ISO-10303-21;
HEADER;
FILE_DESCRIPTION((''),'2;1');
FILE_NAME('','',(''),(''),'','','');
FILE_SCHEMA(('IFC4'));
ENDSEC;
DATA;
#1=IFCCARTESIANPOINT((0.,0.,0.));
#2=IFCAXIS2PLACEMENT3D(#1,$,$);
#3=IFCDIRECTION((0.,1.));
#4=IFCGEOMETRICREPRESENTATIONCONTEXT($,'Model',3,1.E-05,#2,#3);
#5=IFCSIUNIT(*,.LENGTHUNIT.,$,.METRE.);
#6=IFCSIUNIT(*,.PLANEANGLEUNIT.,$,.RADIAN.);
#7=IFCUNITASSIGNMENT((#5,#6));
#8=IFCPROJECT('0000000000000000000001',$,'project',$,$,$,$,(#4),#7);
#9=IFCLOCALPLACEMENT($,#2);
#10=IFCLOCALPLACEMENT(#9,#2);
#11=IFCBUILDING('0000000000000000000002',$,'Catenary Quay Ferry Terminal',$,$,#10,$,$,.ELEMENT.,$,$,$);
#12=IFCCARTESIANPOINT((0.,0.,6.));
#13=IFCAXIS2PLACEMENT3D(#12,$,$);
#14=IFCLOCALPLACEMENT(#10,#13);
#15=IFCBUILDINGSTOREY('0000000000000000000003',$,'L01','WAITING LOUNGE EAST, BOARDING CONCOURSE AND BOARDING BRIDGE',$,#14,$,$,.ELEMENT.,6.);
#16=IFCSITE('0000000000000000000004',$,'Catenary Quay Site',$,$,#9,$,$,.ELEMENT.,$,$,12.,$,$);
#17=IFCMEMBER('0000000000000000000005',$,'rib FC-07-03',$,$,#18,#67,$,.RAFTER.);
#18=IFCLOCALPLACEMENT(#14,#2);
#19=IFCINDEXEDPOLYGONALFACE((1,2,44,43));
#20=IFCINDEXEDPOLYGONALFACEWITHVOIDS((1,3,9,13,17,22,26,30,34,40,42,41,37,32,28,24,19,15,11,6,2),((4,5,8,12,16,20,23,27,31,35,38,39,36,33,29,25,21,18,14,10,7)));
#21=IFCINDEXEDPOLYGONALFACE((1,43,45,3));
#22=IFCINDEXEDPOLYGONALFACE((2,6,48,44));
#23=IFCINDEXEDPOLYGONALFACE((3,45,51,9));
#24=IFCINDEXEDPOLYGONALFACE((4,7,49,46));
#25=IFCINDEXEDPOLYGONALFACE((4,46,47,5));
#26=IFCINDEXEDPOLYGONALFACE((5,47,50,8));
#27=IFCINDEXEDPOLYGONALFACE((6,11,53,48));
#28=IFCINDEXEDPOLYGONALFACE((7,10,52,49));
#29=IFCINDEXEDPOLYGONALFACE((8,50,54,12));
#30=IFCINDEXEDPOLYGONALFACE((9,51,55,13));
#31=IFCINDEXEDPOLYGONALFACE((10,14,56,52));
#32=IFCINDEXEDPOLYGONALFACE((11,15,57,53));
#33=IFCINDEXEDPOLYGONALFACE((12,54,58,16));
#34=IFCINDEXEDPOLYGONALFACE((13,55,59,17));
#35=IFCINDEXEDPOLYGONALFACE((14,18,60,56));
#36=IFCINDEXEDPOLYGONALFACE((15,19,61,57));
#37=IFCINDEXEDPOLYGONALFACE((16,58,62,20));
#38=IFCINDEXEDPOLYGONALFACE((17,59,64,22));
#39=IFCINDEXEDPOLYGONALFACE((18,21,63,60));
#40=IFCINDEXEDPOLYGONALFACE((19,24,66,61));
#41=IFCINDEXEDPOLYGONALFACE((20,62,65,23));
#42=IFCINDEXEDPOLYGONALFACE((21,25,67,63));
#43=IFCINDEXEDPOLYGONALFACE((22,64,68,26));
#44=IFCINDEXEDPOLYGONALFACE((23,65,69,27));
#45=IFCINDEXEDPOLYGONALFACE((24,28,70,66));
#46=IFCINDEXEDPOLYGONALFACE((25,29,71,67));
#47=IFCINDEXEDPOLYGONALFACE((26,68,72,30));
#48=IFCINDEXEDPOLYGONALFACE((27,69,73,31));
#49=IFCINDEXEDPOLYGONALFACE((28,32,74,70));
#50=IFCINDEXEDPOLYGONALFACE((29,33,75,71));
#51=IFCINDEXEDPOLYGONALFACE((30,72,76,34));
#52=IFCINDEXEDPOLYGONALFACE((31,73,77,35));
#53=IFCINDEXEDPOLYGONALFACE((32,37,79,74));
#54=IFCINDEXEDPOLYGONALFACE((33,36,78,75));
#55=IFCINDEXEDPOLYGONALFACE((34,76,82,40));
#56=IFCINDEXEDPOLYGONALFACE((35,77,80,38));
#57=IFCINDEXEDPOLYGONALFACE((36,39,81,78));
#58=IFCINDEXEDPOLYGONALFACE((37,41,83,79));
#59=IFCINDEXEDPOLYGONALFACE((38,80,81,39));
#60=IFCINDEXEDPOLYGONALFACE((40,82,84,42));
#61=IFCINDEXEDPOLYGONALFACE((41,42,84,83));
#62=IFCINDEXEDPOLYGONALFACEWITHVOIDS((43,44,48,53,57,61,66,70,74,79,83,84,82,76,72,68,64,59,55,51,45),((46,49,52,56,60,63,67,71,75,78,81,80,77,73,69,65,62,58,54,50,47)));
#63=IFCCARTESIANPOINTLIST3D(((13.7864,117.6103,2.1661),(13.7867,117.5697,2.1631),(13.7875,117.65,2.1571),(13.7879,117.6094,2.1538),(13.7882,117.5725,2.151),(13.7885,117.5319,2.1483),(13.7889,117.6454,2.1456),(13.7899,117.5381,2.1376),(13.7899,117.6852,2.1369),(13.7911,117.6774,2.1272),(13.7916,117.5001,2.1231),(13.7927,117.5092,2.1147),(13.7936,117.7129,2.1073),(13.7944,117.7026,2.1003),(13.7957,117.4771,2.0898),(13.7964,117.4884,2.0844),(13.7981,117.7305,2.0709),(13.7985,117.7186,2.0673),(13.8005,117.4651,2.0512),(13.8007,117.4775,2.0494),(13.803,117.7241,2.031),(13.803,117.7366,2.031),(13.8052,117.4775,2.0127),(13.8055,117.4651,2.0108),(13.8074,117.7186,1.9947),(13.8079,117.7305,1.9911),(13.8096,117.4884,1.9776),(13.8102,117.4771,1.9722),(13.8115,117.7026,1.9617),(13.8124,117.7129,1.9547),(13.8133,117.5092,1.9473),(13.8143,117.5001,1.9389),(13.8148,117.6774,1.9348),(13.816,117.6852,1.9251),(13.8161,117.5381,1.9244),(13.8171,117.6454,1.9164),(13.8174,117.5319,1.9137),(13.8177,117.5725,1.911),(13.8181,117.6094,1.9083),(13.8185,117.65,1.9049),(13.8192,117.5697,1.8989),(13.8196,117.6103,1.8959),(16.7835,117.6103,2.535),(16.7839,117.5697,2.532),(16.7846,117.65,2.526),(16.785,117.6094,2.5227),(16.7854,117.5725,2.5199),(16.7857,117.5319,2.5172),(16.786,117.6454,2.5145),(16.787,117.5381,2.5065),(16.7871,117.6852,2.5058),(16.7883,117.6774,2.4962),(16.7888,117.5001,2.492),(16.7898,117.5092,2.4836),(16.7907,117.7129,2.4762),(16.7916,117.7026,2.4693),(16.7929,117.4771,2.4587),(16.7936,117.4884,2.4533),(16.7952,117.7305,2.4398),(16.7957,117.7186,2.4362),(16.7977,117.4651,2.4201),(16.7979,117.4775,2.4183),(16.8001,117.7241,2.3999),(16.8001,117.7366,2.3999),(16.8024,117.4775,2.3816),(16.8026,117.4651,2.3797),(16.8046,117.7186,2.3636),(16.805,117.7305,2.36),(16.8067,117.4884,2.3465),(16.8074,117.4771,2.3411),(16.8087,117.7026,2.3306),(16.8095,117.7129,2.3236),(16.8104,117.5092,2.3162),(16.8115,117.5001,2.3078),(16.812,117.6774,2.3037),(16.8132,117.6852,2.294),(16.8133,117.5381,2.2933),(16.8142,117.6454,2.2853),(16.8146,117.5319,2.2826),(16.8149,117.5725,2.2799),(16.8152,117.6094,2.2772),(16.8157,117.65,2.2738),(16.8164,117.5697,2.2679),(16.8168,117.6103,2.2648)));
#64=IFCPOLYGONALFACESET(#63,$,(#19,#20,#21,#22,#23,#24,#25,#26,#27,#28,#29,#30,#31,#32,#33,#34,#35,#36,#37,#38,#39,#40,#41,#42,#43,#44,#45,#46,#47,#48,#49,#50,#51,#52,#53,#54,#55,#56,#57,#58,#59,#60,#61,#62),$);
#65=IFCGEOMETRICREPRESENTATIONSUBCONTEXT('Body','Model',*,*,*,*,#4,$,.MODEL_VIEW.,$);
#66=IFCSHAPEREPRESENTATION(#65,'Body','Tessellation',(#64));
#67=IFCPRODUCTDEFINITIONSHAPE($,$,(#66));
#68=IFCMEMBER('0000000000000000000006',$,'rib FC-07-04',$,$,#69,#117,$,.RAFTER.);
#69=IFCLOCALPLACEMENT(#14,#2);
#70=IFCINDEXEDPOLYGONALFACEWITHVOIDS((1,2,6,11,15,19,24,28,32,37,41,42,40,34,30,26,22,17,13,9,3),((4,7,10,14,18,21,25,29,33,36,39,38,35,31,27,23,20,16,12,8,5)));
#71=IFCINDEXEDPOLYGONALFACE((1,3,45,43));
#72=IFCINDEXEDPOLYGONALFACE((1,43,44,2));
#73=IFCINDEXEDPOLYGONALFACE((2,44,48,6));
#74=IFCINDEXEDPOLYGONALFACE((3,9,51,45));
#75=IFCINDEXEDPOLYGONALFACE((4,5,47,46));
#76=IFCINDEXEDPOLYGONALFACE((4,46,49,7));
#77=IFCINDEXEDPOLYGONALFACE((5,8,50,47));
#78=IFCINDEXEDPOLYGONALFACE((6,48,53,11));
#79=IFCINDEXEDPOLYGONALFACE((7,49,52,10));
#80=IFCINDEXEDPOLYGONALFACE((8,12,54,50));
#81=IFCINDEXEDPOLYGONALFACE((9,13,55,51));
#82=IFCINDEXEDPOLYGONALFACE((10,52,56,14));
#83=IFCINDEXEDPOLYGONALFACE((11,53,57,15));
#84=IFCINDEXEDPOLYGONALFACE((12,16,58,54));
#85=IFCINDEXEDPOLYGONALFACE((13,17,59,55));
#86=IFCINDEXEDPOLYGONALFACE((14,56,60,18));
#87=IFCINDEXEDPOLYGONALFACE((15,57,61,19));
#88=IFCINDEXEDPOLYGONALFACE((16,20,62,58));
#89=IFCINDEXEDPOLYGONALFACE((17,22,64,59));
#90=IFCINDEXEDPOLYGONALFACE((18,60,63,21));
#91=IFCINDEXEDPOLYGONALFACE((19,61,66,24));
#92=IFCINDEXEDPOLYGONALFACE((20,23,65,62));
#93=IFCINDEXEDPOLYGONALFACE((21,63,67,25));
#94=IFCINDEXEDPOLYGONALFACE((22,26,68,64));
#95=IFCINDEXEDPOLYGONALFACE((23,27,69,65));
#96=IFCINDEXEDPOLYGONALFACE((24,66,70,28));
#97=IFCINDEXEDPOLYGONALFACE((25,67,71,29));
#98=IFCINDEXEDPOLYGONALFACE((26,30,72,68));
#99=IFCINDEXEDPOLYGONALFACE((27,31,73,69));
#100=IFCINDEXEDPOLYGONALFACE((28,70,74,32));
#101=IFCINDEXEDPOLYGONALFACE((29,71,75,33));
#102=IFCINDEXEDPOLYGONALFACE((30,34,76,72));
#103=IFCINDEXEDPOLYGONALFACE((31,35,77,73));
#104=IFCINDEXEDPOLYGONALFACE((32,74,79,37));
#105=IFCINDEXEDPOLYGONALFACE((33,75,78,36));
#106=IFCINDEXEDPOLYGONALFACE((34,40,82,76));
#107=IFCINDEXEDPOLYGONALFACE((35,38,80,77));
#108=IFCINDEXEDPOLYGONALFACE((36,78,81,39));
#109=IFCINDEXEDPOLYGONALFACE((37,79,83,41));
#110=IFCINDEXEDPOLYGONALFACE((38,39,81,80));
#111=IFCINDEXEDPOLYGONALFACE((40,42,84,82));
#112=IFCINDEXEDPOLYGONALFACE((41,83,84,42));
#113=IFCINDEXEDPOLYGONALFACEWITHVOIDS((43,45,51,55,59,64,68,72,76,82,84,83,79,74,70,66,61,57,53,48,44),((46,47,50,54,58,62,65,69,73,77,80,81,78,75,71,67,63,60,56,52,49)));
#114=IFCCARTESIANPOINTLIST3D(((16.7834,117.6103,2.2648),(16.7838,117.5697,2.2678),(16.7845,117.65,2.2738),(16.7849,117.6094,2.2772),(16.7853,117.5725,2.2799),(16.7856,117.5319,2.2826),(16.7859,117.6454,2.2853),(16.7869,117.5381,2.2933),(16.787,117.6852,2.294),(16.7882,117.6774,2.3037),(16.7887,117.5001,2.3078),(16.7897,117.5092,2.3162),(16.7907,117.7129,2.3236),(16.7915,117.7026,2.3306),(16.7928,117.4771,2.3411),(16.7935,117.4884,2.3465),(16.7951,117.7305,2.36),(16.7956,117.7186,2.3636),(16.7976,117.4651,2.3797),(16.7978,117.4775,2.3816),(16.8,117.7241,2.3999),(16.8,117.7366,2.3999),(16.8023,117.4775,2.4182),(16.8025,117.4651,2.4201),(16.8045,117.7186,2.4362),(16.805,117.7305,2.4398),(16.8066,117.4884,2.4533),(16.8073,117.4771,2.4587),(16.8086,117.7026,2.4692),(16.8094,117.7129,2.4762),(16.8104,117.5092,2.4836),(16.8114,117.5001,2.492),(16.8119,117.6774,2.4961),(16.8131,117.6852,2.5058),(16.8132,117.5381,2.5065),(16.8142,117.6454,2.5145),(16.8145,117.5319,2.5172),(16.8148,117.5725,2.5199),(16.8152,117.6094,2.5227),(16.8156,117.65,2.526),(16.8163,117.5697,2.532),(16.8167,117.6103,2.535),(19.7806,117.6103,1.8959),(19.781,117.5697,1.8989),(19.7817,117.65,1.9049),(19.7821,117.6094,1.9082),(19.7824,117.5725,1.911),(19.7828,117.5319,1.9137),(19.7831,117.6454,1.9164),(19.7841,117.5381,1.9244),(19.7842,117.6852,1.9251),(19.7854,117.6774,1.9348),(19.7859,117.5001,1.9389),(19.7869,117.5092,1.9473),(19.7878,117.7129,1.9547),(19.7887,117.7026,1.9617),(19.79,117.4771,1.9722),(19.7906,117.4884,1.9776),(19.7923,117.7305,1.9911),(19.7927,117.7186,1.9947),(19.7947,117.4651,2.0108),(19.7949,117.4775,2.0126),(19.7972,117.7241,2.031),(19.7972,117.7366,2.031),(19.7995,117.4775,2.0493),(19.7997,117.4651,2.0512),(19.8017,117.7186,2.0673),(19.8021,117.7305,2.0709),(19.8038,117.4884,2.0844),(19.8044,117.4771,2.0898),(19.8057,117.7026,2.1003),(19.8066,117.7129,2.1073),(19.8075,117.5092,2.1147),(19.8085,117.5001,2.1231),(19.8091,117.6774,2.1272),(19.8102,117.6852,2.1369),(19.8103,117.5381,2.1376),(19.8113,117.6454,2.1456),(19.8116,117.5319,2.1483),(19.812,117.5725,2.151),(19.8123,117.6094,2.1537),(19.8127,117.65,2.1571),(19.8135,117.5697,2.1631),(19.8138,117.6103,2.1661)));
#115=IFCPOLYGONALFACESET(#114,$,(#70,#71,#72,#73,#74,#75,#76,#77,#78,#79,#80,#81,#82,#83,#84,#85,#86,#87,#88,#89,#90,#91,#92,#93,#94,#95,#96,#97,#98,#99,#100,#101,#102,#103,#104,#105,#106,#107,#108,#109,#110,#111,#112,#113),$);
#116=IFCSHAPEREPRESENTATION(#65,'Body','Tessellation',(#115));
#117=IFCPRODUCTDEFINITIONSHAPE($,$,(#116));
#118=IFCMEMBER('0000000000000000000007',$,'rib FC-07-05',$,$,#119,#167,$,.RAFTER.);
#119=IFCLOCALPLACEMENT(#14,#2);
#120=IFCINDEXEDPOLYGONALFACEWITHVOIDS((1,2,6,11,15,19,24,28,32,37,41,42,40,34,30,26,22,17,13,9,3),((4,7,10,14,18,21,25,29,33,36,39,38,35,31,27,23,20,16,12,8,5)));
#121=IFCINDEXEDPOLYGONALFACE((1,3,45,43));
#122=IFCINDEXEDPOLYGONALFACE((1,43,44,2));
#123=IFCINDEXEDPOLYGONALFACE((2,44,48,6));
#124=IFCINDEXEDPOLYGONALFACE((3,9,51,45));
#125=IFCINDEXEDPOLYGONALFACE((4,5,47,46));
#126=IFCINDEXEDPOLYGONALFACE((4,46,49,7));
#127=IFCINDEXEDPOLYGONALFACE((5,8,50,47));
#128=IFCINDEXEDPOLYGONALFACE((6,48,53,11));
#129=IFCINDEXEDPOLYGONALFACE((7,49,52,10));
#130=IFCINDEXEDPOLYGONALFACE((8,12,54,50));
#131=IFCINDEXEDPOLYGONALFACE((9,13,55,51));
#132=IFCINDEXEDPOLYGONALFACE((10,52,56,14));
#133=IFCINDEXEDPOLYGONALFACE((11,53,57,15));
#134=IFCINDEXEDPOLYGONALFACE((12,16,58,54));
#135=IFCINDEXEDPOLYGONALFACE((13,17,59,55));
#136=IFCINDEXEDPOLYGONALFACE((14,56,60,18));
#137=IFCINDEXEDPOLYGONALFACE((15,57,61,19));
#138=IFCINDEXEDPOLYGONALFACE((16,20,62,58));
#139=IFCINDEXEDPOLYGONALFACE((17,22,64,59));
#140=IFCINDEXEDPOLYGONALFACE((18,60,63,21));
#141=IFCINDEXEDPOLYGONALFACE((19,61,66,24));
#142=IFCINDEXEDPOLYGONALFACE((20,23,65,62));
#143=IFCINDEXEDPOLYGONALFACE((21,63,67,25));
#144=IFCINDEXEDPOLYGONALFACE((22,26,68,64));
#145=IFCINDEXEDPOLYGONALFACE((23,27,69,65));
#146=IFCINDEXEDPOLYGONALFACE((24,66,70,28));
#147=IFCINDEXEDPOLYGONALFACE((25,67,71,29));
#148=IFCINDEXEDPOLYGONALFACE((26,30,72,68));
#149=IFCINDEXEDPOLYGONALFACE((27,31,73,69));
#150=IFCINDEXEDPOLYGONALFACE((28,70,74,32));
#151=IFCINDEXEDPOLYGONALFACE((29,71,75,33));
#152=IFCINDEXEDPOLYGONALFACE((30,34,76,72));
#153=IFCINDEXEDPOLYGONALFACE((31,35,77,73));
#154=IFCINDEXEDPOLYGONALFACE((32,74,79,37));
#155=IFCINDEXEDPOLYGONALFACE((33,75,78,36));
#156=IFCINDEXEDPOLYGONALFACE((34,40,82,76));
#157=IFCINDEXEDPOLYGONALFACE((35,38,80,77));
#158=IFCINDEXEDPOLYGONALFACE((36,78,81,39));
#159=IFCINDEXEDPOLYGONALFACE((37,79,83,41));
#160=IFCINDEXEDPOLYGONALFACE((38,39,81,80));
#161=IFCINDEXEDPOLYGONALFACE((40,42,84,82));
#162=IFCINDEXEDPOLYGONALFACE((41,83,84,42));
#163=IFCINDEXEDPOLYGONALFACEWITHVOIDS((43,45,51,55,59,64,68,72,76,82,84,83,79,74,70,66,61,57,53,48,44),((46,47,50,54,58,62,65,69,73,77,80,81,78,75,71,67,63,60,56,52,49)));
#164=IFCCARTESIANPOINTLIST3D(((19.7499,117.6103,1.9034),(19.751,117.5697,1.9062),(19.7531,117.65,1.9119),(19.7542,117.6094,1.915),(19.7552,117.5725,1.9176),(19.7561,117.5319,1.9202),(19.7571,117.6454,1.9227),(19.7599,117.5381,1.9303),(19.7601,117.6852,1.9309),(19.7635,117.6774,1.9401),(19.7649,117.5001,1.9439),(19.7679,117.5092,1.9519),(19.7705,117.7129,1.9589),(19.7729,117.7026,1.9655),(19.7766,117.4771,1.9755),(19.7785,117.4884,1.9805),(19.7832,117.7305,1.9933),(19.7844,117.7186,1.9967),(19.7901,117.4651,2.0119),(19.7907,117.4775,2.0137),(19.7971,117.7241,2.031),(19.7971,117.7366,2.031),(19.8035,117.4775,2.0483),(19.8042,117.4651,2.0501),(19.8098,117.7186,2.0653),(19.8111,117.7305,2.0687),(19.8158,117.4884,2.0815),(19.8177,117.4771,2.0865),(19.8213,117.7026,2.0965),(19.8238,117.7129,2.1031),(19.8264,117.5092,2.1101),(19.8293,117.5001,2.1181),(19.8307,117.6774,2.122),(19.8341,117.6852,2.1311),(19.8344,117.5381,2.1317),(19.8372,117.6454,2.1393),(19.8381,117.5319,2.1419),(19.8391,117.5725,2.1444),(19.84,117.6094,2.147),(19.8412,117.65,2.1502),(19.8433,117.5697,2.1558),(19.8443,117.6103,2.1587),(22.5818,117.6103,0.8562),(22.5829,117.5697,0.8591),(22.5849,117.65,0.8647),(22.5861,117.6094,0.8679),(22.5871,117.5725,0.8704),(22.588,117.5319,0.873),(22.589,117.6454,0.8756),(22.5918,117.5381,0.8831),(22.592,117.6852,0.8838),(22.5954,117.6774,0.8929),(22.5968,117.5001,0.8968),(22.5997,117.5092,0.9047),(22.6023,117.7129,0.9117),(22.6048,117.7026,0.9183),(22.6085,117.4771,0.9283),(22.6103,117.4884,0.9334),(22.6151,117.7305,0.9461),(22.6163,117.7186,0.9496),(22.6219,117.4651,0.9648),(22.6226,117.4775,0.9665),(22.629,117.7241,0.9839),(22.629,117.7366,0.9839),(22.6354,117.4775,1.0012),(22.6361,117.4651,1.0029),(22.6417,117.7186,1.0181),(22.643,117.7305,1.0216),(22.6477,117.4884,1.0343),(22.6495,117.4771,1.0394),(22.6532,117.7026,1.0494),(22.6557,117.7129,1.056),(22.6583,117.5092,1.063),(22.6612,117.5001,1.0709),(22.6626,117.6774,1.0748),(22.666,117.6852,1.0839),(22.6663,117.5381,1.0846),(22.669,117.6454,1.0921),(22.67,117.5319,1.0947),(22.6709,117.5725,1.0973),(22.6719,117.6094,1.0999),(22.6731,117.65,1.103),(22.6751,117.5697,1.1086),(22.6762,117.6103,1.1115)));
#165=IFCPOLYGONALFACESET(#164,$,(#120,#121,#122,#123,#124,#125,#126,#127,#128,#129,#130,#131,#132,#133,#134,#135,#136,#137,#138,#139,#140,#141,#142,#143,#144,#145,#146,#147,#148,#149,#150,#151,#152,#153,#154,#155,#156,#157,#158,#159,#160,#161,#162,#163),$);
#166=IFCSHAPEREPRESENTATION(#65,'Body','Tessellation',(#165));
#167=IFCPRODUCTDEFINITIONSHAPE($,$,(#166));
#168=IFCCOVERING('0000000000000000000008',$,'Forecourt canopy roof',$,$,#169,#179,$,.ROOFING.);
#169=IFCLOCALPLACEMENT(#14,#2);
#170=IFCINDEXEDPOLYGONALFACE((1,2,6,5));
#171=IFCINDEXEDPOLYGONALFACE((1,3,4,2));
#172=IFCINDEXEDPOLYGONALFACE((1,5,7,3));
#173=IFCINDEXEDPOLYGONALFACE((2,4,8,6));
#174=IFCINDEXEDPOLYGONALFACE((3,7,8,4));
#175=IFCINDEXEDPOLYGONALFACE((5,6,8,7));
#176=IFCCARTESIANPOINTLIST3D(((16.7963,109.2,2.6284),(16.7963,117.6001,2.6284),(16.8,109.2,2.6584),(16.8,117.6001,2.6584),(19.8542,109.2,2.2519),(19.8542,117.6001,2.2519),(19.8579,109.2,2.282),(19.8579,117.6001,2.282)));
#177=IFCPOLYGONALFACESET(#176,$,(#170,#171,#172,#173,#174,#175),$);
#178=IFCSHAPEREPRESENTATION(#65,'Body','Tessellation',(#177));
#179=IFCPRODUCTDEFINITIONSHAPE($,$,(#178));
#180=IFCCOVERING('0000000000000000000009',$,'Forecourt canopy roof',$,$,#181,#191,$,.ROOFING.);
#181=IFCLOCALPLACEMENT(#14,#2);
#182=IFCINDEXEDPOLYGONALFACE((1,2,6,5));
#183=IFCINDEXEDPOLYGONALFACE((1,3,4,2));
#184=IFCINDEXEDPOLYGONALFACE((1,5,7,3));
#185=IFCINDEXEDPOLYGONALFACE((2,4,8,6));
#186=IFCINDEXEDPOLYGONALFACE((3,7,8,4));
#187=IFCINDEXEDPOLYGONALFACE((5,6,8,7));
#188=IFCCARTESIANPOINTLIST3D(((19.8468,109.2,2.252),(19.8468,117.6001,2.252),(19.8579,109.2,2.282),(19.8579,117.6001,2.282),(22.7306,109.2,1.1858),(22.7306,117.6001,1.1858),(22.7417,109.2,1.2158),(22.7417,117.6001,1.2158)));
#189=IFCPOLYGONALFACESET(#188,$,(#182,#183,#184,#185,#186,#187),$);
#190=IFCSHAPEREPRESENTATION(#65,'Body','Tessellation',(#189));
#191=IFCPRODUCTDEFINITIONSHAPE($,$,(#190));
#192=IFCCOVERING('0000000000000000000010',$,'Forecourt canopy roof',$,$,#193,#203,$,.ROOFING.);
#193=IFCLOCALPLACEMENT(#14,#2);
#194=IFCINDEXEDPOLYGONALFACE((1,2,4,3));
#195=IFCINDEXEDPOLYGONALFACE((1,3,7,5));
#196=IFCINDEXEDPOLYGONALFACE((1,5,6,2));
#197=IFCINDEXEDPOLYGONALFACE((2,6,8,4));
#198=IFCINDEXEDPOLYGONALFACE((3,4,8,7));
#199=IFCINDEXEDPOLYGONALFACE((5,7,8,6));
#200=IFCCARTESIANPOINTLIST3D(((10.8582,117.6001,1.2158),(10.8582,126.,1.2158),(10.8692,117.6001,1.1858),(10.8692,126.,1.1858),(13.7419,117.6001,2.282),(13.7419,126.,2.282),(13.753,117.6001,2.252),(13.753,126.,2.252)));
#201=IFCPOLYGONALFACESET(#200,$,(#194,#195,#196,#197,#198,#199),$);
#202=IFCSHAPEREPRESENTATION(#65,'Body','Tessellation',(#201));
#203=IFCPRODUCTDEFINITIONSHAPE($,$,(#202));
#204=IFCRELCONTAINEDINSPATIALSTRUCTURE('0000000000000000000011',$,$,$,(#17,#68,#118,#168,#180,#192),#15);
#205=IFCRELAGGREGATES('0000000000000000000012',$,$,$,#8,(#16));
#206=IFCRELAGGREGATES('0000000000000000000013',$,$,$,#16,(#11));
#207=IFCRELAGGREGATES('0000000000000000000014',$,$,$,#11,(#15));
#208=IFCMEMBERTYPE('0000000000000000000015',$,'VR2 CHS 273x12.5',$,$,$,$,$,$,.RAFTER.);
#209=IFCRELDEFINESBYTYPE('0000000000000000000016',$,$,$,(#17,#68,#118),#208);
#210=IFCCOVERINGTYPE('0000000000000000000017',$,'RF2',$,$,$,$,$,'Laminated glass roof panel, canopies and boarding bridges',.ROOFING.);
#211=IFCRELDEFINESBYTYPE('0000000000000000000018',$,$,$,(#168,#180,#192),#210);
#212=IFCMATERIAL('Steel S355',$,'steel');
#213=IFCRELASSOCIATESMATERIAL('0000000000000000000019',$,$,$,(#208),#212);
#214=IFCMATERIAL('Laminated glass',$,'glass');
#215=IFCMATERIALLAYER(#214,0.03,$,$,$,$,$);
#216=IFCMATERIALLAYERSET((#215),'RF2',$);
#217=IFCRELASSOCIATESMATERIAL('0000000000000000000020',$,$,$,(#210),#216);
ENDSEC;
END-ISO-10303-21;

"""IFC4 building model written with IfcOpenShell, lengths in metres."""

from ifc_helpers import new_model, si_unit, direction, frame, origin, origin_2d, place, context, subcontext, project, spatial, polyline, hollow_circle, outline, extrude, material, layer, layer_set, material_profile, profile_set, type_object, element, save


model = new_model("IFC4")

# Units and contexts
model_context = context("Model", 3, precision=1e-05, world=origin(), true_north=direction((0.0, 1.0)))
body_context = subcontext(model_context, "Body", "Model", "MODEL_VIEW")
ifc_project = project(units=[si_unit("LENGTHUNIT", "METRE"), si_unit("PLANEANGLEUNIT", "RADIAN")], contexts=[model_context])

# Site, building, storey
site_placement = place(None, origin())
site = spatial("IfcSite", under=ifc_project, at=site_placement, Name="Catenary Quay Site", CompositionType="ELEMENT", RefElevation=12.0)
building_placement = place(site_placement, origin())
building = spatial("IfcBuilding", under=site, at=building_placement, Name="Catenary Quay Ferry Terminal", CompositionType="ELEMENT")
storey_placement = place(building_placement, frame((0.0, 0.0, 6.0)))
storey = spatial("IfcBuildingStorey", under=building, at=storey_placement, Name="L01", Description="WAITING LOUNGE EAST, BOARDING CONCOURSE AND BOARDING BRIDGE", CompositionType="ELEMENT", Elevation=6.0)

# Members
ifc_material_1 = material(Name="Steel S355", Category="steel")
ifc_material_profile_1 = material_profile(ifc_material_1, hollow_circle(Radius=0.1365, WallThickness=0.0125, at=origin_2d()), Name="CHS 273x12.5")
ifc_profile_set_1 = profile_set([ifc_material_profile_1], Name="Steel S355")
member_type_1 = type_object("IfcMemberType", Name="VR2 CHS 273x12.5", PredefinedType="RAFTER", material=ifc_profile_set_1)
for number, where, z_axis, x_axis, name in (
    (1, (13.803, 117.6001, 2.031), (0.99251, 0.0, 0.122164), (0.0, 1.0, 0.0), "rib FC-07-03"),
    (2, (16.8, 117.6001, 2.3999), (0.99251, 0.0, -0.122164), (0.0, 1.0, 0.0), "rib FC-07-04"),
):
    element("IfcMember", number, at=place(storey_placement, frame(where, z_axis=z_axis, x_axis=x_axis)), inside=storey, type_object=member_type_1, Name=name, PredefinedType="RAFTER", context=body_context, shape_type="SweptSolid", body=[
        extrude(hollow_circle(Radius=0.1365, WallThickness=0.0125, at=origin_2d()), origin(), (0.0, 0.0, 1.0), 3.0198),
    ])
member_1_placement = place(storey_placement, frame((19.7971, 117.6001, 2.031), z_axis=(0.937931, 0.0, -0.346822), x_axis=(0.0, 1.0, 0.0)))
element("IfcMember", 3, at=member_1_placement, inside=storey, type_object=member_type_1, Name="rib FC-07-05", PredefinedType="RAFTER", context=body_context, shape_type="SweptSolid", body=[
    extrude(hollow_circle(Radius=0.1365, WallThickness=0.0125, at=origin_2d()), origin(), (0.0, 0.0, 1.0), 3.0193),
])

# Coverings
ifc_material_2 = material(Name="Laminated glass", Category="glass")
ifc_layer = layer(ifc_material_2, 0.03)
ifc_layer_set = layer_set([ifc_layer], Name="RF2")
covering_type = type_object("IfcCoveringType", Name="RF2", ElementType="Laminated glass roof panel, canopies and boarding bridges", PredefinedType="ROOFING", material=ifc_layer_set)
covering_1_placement = place(storey_placement, frame((16.8, 109.2, 2.6584), z_axis=(0.122191, 0.0, 0.992507), x_axis=(0.0, 1.0, 0.0)))
element("IfcCovering", 4, at=covering_1_placement, inside=storey, type_object=covering_type, Name="Forecourt canopy roof", PredefinedType="ROOFING", context=body_context, shape_type="SweptSolid", body=[
    extrude(outline(polyline([(0.0, 0.0), (8.4001, 0.0), (8.4001, -3.0809), (0.0, -3.0809), (0.0, 0.0)])), origin(), (0.0, 0.0, -1.0), 0.0303),
])
covering_2_placement = place(storey_placement, frame((19.8579, 109.2, 2.282), z_axis=(0.346769, 0.0, 0.937951), x_axis=(0.0, 1.0, 0.0)))
element("IfcCovering", 5, at=covering_2_placement, inside=storey, type_object=covering_type, Name="Forecourt canopy roof", PredefinedType="ROOFING", context=body_context, shape_type="SweptSolid", body=[
    extrude(outline(polyline([(0.0, 0.0), (8.4001, 0.0), (8.4001, -3.0746), (0.0, -3.0746), (0.0, 0.0)])), origin(), (0.0, 0.0, -1.0), 0.032),
])
covering_3_placement = place(storey_placement, frame((10.8582, 117.6001, 1.2158), z_axis=(-0.346769, 0.0, 0.937951), x_axis=(0.0, 1.0, 0.0)))
element("IfcCovering", 6, at=covering_3_placement, inside=storey, type_object=covering_type, Name="Forecourt canopy roof", PredefinedType="ROOFING", context=body_context, shape_type="SweptSolid", body=[
    extrude(outline(polyline([(0.0, 0.0), (8.3999, 0.0), (8.3999, -3.0746), (0.0, -3.0746), (0.0, 0.0)])), origin(), (0.0, 0.0, -1.0), 0.032),
])

save(model, "model.ifc")
